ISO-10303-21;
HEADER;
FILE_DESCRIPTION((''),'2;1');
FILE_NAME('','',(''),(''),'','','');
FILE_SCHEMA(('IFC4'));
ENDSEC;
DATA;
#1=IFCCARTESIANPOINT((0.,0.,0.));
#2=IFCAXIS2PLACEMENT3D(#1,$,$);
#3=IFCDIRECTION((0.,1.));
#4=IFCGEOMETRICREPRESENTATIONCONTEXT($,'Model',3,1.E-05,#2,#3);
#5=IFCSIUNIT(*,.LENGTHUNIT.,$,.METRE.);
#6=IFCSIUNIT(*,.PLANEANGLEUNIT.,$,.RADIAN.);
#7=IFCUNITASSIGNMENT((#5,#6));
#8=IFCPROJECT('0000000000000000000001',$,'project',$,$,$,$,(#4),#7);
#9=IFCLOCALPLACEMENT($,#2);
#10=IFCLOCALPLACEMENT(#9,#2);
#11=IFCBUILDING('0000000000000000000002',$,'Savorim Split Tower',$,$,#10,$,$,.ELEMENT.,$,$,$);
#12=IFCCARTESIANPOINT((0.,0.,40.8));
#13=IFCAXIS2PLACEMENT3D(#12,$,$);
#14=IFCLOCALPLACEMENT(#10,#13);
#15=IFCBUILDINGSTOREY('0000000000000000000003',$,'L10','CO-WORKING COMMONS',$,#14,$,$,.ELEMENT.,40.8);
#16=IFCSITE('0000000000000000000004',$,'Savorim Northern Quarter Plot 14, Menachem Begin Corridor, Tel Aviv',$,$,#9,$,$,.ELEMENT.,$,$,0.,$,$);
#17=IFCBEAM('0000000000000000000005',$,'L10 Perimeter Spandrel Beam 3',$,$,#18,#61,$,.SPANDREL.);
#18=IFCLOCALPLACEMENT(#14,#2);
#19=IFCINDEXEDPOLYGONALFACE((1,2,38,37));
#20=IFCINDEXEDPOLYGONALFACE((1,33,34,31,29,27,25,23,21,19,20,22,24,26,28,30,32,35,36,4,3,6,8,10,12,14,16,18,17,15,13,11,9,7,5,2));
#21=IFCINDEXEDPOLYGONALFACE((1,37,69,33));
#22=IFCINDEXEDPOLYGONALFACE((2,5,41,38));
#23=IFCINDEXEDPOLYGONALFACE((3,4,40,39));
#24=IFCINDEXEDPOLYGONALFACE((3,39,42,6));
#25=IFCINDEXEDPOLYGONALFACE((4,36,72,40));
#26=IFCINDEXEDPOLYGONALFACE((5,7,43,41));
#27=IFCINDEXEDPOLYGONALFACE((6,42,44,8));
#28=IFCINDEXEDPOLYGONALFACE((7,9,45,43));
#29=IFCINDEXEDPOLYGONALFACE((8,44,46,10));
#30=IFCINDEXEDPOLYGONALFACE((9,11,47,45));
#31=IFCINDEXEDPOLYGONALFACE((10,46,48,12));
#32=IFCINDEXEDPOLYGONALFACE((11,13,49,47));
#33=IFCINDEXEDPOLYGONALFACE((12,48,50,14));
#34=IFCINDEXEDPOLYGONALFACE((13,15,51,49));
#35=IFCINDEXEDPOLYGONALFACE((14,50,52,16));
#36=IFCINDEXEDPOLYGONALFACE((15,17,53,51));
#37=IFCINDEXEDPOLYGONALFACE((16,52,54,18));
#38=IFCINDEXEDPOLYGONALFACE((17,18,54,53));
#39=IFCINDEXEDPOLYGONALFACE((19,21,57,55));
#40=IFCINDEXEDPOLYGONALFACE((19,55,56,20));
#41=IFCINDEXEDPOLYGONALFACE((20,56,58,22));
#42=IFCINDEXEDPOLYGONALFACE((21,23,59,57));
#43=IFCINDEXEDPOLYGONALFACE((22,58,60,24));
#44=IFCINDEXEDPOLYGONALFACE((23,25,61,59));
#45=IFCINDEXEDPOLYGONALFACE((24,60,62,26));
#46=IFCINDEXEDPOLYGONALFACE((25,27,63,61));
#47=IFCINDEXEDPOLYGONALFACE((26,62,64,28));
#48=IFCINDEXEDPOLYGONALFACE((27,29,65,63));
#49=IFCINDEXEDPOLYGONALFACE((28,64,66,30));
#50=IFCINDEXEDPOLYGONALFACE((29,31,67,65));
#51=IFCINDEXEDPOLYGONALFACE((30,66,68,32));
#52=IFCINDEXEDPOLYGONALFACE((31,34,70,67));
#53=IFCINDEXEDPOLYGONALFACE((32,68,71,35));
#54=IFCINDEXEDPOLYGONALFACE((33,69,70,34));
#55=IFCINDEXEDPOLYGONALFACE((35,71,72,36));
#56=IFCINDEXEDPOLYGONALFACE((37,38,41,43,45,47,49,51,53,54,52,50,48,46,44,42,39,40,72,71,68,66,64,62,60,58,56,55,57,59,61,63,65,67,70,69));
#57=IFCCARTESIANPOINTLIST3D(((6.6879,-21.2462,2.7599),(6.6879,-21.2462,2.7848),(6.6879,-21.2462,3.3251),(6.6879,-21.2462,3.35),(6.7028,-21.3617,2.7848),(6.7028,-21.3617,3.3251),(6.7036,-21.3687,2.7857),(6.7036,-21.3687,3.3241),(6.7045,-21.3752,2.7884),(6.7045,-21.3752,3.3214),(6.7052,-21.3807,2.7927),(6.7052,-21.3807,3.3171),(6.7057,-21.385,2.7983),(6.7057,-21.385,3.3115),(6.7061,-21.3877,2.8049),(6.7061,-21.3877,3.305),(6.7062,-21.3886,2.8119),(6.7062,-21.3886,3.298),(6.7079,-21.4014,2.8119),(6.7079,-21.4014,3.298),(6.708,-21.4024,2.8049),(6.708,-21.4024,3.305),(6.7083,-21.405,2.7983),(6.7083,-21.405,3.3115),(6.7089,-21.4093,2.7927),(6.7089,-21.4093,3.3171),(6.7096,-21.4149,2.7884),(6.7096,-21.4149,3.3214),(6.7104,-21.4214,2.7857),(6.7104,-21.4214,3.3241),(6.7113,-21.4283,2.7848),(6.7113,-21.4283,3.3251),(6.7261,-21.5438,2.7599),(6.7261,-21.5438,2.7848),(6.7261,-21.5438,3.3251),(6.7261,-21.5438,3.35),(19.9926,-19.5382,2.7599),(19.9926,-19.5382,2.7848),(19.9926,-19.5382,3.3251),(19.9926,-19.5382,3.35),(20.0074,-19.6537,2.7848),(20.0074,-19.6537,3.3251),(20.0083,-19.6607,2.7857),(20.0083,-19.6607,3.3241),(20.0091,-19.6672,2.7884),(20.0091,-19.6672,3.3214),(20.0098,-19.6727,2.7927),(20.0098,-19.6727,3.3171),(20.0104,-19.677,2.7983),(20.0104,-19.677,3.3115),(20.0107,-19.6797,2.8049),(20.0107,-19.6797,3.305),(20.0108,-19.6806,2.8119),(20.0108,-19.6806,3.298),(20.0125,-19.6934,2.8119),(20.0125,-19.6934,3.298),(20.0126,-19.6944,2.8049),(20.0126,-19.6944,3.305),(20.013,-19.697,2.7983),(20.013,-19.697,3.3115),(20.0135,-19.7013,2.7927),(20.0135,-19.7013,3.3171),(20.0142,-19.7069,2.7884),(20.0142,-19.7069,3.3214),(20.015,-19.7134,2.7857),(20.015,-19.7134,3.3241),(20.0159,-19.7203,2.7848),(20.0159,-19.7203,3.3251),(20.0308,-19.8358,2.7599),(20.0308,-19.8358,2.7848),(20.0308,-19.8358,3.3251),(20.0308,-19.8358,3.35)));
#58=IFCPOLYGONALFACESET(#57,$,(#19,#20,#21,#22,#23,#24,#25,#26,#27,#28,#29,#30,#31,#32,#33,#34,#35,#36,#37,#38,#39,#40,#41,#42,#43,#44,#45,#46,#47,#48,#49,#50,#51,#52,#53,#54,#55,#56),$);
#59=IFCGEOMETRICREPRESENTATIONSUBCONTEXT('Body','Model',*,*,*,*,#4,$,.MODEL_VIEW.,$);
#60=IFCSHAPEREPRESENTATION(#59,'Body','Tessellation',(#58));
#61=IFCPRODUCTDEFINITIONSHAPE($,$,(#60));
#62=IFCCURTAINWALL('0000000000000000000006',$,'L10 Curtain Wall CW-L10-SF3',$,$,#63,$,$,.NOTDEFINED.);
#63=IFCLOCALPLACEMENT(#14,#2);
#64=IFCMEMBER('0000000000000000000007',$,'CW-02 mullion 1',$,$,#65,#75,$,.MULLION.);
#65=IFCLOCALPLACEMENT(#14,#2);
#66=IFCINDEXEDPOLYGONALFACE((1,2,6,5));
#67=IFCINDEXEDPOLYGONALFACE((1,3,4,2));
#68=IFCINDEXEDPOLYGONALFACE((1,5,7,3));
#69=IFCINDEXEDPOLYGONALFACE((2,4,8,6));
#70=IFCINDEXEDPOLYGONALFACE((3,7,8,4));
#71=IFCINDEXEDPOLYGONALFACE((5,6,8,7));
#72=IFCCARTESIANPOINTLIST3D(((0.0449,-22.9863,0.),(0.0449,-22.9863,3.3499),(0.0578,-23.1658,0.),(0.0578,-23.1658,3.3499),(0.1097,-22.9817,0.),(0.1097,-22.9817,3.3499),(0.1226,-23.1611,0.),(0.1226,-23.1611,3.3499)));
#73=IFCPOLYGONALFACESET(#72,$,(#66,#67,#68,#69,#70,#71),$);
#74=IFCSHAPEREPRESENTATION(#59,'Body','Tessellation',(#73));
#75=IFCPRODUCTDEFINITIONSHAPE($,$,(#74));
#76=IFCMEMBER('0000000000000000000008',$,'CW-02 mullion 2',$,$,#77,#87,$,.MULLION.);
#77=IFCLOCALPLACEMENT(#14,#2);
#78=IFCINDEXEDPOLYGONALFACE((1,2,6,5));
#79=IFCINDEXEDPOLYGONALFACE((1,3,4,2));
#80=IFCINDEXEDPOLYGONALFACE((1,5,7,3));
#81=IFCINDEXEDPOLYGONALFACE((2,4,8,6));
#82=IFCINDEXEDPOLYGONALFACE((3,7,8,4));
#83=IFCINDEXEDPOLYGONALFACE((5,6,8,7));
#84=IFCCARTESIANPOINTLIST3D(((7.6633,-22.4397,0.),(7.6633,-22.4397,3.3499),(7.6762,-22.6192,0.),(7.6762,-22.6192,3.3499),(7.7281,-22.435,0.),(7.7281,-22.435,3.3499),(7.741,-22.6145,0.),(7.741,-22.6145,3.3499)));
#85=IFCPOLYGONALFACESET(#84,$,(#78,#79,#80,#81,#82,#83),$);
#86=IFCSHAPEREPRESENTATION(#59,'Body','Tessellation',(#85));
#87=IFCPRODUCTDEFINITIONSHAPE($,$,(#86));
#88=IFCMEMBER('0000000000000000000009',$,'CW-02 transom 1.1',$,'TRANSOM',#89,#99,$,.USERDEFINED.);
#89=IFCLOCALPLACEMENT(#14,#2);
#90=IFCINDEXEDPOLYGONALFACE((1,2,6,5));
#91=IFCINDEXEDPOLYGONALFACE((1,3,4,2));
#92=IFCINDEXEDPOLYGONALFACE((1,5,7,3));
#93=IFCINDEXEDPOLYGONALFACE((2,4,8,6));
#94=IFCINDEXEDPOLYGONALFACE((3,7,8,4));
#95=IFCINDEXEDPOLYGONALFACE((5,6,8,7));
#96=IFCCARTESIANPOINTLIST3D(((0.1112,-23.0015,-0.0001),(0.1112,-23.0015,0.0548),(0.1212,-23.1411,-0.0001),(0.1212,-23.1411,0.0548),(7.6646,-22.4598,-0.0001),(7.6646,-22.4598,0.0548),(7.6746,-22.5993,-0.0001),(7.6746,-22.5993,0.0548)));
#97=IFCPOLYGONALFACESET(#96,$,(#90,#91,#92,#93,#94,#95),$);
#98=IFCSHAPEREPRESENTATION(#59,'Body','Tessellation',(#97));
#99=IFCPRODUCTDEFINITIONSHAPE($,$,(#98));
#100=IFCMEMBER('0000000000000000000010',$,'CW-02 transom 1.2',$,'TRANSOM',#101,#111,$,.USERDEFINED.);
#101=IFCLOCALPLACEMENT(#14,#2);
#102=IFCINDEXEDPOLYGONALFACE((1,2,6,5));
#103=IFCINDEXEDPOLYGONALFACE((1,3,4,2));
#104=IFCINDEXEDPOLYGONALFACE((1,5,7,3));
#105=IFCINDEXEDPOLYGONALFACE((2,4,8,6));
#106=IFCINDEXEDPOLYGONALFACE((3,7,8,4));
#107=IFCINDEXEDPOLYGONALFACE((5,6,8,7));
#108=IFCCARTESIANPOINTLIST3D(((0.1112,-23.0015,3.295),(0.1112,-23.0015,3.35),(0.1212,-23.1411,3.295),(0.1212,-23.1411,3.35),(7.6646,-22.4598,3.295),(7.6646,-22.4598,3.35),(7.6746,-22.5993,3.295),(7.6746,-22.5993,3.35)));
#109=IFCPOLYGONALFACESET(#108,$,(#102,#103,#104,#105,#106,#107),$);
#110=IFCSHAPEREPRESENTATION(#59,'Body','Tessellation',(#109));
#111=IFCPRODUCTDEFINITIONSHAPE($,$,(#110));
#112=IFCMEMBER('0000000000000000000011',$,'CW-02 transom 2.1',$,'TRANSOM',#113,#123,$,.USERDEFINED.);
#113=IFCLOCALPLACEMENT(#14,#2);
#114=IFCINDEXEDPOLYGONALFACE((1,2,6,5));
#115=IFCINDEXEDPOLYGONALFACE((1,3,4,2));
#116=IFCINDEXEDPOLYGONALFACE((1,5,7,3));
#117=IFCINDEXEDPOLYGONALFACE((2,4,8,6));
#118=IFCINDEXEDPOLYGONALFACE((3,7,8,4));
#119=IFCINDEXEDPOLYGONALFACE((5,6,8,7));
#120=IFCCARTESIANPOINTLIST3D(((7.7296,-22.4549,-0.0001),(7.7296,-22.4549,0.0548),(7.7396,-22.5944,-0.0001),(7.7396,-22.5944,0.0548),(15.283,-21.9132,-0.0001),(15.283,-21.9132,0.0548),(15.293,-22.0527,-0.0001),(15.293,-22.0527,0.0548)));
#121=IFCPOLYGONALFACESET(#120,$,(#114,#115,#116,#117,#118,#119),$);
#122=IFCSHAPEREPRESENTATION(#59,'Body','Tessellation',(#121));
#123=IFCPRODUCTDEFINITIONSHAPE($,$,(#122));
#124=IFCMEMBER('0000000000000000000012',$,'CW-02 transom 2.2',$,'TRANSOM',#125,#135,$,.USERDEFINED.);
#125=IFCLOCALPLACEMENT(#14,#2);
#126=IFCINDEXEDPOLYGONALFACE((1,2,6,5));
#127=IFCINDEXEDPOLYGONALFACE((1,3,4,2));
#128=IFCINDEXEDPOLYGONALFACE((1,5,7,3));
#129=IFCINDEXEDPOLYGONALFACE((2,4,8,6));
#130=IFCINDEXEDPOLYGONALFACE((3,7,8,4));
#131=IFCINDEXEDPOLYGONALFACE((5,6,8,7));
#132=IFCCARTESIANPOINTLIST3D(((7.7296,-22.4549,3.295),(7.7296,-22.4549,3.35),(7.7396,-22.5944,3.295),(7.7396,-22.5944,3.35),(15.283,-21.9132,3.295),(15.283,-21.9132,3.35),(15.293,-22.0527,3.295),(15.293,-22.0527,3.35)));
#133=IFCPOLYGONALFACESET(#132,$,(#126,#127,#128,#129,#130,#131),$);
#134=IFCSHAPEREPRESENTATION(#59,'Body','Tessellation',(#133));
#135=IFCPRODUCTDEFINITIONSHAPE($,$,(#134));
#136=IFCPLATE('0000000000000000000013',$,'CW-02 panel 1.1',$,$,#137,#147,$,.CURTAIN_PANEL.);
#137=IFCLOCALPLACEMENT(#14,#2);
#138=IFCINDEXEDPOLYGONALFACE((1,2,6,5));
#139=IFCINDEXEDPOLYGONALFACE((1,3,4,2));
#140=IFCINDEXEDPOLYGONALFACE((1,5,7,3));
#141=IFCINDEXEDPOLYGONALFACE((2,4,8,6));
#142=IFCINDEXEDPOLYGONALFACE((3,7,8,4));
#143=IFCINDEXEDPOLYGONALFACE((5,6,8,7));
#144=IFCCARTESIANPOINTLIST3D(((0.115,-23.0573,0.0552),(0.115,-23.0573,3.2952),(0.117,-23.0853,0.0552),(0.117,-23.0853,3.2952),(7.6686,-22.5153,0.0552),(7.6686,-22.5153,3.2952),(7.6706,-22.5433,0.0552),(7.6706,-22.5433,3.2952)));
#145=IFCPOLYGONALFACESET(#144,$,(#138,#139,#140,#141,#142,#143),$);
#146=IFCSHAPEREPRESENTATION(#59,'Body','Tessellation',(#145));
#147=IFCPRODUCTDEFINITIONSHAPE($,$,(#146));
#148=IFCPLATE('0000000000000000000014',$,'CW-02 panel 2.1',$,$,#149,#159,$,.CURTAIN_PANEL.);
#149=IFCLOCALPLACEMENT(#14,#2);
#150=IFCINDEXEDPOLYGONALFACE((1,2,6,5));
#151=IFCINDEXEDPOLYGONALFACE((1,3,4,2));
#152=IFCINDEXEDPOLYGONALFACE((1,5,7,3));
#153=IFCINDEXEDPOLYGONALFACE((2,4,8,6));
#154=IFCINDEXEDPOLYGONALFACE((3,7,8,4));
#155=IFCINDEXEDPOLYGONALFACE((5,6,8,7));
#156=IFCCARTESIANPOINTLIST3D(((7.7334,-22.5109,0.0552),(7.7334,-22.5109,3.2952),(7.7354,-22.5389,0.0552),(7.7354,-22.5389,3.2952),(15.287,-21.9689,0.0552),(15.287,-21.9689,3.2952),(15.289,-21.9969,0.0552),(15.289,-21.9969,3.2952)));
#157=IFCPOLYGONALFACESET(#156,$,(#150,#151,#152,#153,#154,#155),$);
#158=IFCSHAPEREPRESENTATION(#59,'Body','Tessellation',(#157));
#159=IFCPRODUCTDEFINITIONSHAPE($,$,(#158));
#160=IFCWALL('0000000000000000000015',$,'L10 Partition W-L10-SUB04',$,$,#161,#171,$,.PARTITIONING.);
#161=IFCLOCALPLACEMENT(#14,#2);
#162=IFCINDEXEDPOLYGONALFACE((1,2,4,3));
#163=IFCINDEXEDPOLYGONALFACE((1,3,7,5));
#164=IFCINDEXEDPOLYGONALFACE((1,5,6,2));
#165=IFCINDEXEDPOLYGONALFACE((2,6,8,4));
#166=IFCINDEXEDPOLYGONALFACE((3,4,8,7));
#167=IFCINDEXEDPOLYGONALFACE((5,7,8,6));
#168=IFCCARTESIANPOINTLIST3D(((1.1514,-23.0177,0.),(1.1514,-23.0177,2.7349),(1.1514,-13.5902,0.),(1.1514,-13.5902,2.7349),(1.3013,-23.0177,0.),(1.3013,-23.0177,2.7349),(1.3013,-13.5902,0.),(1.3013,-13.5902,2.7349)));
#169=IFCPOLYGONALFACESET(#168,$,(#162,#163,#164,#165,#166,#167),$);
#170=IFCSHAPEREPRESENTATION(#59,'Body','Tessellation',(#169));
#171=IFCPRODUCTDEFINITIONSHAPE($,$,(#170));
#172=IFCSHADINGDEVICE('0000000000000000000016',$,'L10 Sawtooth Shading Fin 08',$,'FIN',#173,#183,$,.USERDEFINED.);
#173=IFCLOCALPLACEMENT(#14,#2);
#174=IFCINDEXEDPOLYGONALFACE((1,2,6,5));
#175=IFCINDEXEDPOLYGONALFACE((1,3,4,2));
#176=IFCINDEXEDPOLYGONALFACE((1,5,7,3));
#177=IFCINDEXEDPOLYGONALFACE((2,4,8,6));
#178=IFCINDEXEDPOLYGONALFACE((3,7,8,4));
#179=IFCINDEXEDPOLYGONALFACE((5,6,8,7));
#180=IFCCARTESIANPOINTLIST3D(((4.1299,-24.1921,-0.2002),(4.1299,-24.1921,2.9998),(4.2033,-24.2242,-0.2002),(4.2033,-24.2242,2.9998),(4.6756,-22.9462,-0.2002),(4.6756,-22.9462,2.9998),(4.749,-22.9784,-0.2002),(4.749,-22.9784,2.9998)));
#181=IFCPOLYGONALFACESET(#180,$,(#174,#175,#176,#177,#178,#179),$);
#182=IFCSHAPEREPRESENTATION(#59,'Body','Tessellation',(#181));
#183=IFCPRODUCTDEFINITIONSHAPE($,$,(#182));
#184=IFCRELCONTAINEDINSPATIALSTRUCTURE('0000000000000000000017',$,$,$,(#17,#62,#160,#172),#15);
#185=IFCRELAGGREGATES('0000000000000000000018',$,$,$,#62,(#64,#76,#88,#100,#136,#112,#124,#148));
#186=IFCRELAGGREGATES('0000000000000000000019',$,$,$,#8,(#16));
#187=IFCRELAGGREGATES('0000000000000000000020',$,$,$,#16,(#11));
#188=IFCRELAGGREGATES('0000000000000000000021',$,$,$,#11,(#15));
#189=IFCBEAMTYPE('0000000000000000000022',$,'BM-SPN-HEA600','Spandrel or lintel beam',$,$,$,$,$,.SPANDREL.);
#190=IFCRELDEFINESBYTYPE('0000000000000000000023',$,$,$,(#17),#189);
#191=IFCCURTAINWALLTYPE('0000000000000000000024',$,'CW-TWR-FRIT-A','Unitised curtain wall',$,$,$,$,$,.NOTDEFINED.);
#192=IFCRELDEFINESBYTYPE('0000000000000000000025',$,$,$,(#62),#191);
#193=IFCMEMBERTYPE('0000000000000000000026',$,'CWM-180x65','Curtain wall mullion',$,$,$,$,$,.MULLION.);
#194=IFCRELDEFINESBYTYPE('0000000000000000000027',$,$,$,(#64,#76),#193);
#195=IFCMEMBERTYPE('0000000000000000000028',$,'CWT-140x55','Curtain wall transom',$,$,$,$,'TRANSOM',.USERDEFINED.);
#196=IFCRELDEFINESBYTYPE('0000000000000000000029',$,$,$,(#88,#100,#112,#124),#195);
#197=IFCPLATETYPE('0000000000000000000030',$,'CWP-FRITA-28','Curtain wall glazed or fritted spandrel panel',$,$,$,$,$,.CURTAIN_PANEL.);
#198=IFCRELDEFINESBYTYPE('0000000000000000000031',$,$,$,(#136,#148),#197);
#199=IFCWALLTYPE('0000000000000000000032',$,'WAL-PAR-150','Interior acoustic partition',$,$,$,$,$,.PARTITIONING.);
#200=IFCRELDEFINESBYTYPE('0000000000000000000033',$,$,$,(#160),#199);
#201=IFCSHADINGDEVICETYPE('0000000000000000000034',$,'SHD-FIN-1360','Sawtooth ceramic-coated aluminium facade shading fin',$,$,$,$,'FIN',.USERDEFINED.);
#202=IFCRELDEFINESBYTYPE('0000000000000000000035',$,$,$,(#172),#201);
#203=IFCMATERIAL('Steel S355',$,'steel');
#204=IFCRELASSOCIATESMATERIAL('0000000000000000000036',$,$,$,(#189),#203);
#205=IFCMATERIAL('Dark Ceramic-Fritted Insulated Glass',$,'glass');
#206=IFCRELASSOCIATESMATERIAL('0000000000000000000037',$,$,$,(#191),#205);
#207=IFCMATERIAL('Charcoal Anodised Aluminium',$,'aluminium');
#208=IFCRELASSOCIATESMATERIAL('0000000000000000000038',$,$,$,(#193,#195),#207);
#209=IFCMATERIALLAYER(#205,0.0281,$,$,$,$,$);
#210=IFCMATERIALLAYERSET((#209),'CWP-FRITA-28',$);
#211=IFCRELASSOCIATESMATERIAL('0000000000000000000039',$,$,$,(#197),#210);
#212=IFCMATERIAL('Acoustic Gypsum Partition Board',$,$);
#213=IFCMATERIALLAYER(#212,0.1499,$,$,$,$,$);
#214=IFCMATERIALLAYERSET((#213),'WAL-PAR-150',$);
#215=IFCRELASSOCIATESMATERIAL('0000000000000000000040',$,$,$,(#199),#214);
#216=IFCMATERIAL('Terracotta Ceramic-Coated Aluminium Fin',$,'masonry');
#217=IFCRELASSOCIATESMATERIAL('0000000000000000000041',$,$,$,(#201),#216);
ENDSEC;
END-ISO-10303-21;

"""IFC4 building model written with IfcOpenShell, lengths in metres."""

from ifc_helpers import new_model, si_unit, direction, frame, frame_2d, origin, origin_2d, place, context, subcontext, project, spatial, rectangle, i_section, extrude, material, layer, layer_set, material_profile, profile_set, type_object, element, aggregate, save


model = new_model("IFC4")

# Units and contexts
model_context = context("Model", 3, precision=1e-05, world=origin(), true_north=direction((0.0, 1.0)))
body_context = subcontext(model_context, "Body", "Model", "MODEL_VIEW")
ifc_project = project(units=[si_unit("LENGTHUNIT", "METRE"), si_unit("PLANEANGLEUNIT", "RADIAN")], contexts=[model_context])

# Site, building, storey
site_placement = place(None, origin())
site = spatial("IfcSite", under=ifc_project, at=site_placement, Name="Savorim Northern Quarter Plot 14, Menachem Begin Corridor, Tel Aviv", CompositionType="ELEMENT", RefElevation=0.0)
building_placement = place(site_placement, origin())
building = spatial("IfcBuilding", under=site, at=building_placement, Name="Savorim Split Tower", CompositionType="ELEMENT")
storey_placement = place(building_placement, frame((0.0, 0.0, 40.8)))
storey = spatial("IfcBuildingStorey", under=building, at=storey_placement, Name="L10", Description="CO-WORKING COMMONS", CompositionType="ELEMENT", Elevation=40.8)

# Beam
ifc_material_1 = material(Name="Steel S355", Category="steel")
ifc_material_profile_1 = material_profile(ifc_material_1, i_section(OverallWidth=0.3, OverallDepth=0.5901, WebThickness=0.0129, FlangeThickness=0.0249, FilletRadius=0.0271, at=origin_2d()), Name="HEA 600")
ifc_profile_set_1 = profile_set([ifc_material_profile_1], Name="Steel S355")
beam_type_1 = type_object("IfcBeamType", Name="BM-SPN-HEA600", Description="Spandrel or lintel beam", PredefinedType="SPANDREL", material=ifc_profile_set_1)
beam_1_placement = place(storey_placement, frame((6.707, -21.395, 3.0549), z_axis=(0.99186, 0.127331, 0.0), x_axis=(-0.127331, 0.99186, 0.0)))
element("IfcBeam", 1, at=beam_1_placement, inside=storey, type_object=beam_type_1, Name="L10 Perimeter Spandrel Beam 3", PredefinedType="SPANDREL", context=body_context, shape_type="SweptSolid", body=[
    extrude(i_section(OverallWidth=0.3, OverallDepth=0.5901, WebThickness=0.0129, FlangeThickness=0.0249, FilletRadius=0.0271, at=origin_2d()), origin(), (0.0, 0.0, 1.0), 13.4138),
])

# Curtain wall, members, plates
ifc_material_2 = material(Name="Dark Ceramic-Fritted Insulated Glass", Category="glass")
curtain_wall_type = type_object("IfcCurtainWallType", Name="CW-TWR-FRIT-A", Description="Unitised curtain wall", PredefinedType="NOTDEFINED", material=ifc_material_2)
curtain_wall_placement = place(storey_placement, origin())
curtain_wall = element("IfcCurtainWall", 2, at=curtain_wall_placement, inside=storey, type_object=curtain_wall_type, Name="L10 Curtain Wall CW-L10-SF3", PredefinedType="NOTDEFINED")
ifc_material_3 = material(Name="Charcoal Anodised Aluminium", Category="aluminium")
ifc_material_profile_2 = material_profile(ifc_material_3, rectangle(XDim=0.1799, YDim=0.0649, at=origin_2d()), Name="ALU-M 180x65")
ifc_profile_set_2 = profile_set([ifc_material_profile_2], Name="Charcoal Anodised Aluminium")
member_type_1 = type_object("IfcMemberType", Name="CWM-180x65", Description="Curtain wall mullion", PredefinedType="MULLION", material=ifc_profile_set_2)
member_1_placement = place(storey_placement, frame((0.0837, -23.0737, 0.0), z_axis=(0.0, 0.0, 1.0), x_axis=(-0.07156, 0.997436, 0.0)))
member_1 = element("IfcMember", 3, at=member_1_placement, type_object=member_type_1, Name="CW-02 mullion 1", PredefinedType="MULLION", context=body_context, shape_type="SweptSolid", body=[
    extrude(rectangle(XDim=0.1799, YDim=0.0649, at=origin_2d()), origin(), (0.0, 0.0, 1.0), 3.3499),
])
member_2_placement = place(storey_placement, frame((7.7021, -22.5271, 0.0), z_axis=(0.0, 0.0, 1.0), x_axis=(-0.07156, 0.997436, 0.0)))
member_2 = element("IfcMember", 4, at=member_2_placement, type_object=member_type_1, Name="CW-02 mullion 2", PredefinedType="MULLION", context=body_context, shape_type="SweptSolid", body=[
    extrude(rectangle(XDim=0.1799, YDim=0.0649, at=origin_2d()), origin(), (0.0, 0.0, 1.0), 3.3499),
])
ifc_material_profile_3 = material_profile(ifc_material_3, rectangle(XDim=0.1399, YDim=0.0549, at=origin_2d()), Name="ALU-T 140x55")
ifc_profile_set_3 = profile_set([ifc_material_profile_3], Name="Charcoal Anodised Aluminium")
member_type_2 = type_object("IfcMemberType", Name="CWT-140x55", Description="Curtain wall transom", ElementType="TRANSOM", PredefinedType="USERDEFINED", material=ifc_profile_set_3)
member_3_placement = place(storey_placement, frame((0.1162, -23.0713, 0.0273), z_axis=(0.997438, 0.071538, 0.0), x_axis=(-0.071538, 0.997438, 0.0)))
member_3 = element("IfcMember", 5, at=member_3_placement, type_object=member_type_2, Name="CW-02 transom 1.1", ObjectType="TRANSOM", PredefinedType="USERDEFINED", context=body_context, shape_type="SweptSolid", body=[
    extrude(rectangle(XDim=0.1399, YDim=0.0549, at=origin_2d()), origin(), (0.0, 0.0, 1.0), 7.5728),
])
member_4_placement = place(storey_placement, frame((0.1162, -23.0713, 3.3225), z_axis=(0.997438, 0.071538, 0.0), x_axis=(-0.071538, 0.997438, 0.0)))
member_4 = element("IfcMember", 6, at=member_4_placement, type_object=member_type_2, Name="CW-02 transom 1.2", ObjectType="TRANSOM", PredefinedType="USERDEFINED", context=body_context, shape_type="SweptSolid", body=[
    extrude(rectangle(XDim=0.1399, YDim=0.0549, at=origin_2d()), origin(), (0.0, 0.0, 1.0), 7.5728),
])
member_5_placement = place(storey_placement, frame((7.7346, -22.5247, 0.0273), z_axis=(0.997438, 0.071538, 0.0), x_axis=(-0.071538, 0.997438, 0.0)))
member_5 = element("IfcMember", 7, at=member_5_placement, type_object=member_type_2, Name="CW-02 transom 2.1", ObjectType="TRANSOM", PredefinedType="USERDEFINED", context=body_context, shape_type="SweptSolid", body=[
    extrude(rectangle(XDim=0.1399, YDim=0.0549, at=origin_2d()), origin(), (0.0, 0.0, 1.0), 7.5728),
])
member_6_placement = place(storey_placement, frame((7.7346, -22.5247, 3.3225), z_axis=(0.997438, 0.071538, 0.0), x_axis=(-0.071538, 0.997438, 0.0)))
member_6 = element("IfcMember", 8, at=member_6_placement, type_object=member_type_2, Name="CW-02 transom 2.2", ObjectType="TRANSOM", PredefinedType="USERDEFINED", context=body_context, shape_type="SweptSolid", body=[
    extrude(rectangle(XDim=0.1399, YDim=0.0549, at=origin_2d()), origin(), (0.0, 0.0, 1.0), 7.5728),
])
ifc_layer_1 = layer(ifc_material_2, 0.0281)
ifc_layer_set_1 = layer_set([ifc_layer_1], Name="CWP-FRITA-28")
plate_type = type_object("IfcPlateType", Name="CWP-FRITA-28", Description="Curtain wall glazed or fritted spandrel panel", PredefinedType="CURTAIN_PANEL", material=ifc_layer_set_1)
plate_1_placement = place(storey_placement, frame((3.8928, -22.8003, 0.0552), z_axis=(0.0, 0.0, 1.0), x_axis=(0.997436, 0.07156, 0.0)))
plate_1 = element("IfcPlate", 9, at=plate_1_placement, type_object=plate_type, Name="CW-02 panel 1.1", PredefinedType="CURTAIN_PANEL", context=body_context, shape_type="SweptSolid", body=[
    extrude(rectangle(XDim=7.573, YDim=0.0281, at=origin_2d()), origin(), (0.0, 0.0, 1.0), 3.24),
])
plate_2_placement = place(storey_placement, frame((11.5112, -22.2539, 0.0552), z_axis=(0.0, 0.0, 1.0), x_axis=(0.997436, 0.07156, 0.0)))
plate_2 = element("IfcPlate", 10, at=plate_2_placement, type_object=plate_type, Name="CW-02 panel 2.1", PredefinedType="CURTAIN_PANEL", context=body_context, shape_type="SweptSolid", body=[
    extrude(rectangle(XDim=7.573, YDim=0.0281, at=origin_2d()), origin(), (0.0, 0.0, 1.0), 3.24),
])
aggregate(curtain_wall, [member_1, member_2, member_3, member_4, plate_1, member_5, member_6, plate_2])

# Wall
ifc_material_4 = material(Name="Acoustic Gypsum Partition Board")
ifc_layer_2 = layer(ifc_material_4, 0.1499)
ifc_layer_set_2 = layer_set([ifc_layer_2], Name="WAL-PAR-150")
wall_type = type_object("IfcWallType", Name="WAL-PAR-150", Description="Interior acoustic partition", PredefinedType="PARTITIONING", material=ifc_layer_set_2)
wall_placement = place(storey_placement, frame((1.2263, -13.5901, 0.0), z_axis=(0.0, 0.0, 1.0), x_axis=(0.0, -1.0, 0.0)))
element("IfcWall", 11, at=wall_placement, inside=storey, type_object=wall_type, Name="L10 Partition W-L10-SUB04", PredefinedType="PARTITIONING", context=body_context, shape_type="SweptSolid", body=[
    extrude(rectangle(XDim=9.4275, YDim=0.1499, at=frame_2d((4.7139, 0.0))), origin(), (0.0, 0.0, 1.0), 2.7349),
])

# Shading device
ifc_material_5 = material(Name="Terracotta Ceramic-Coated Aluminium Fin", Category="masonry")
shading_device_type = type_object("IfcShadingDeviceType", Name="SHD-FIN-1360", Description="Sawtooth ceramic-coated aluminium facade shading fin", ElementType="FIN", PredefinedType="USERDEFINED", material=ifc_material_5)
for number, where, z_axis, x_axis, name in (
    (12, (4.4395, -23.5852, -0.2002), (0.0, 0.0, 1.0), (-0.40123, -0.915977, 0.0), "L10 Sawtooth Shading Fin 08"),
):
    element("IfcShadingDevice", number, at=place(storey_placement, frame(where, z_axis=z_axis, x_axis=x_axis)), inside=storey, type_object=shading_device_type, Name=name, ObjectType="FIN", PredefinedType="USERDEFINED", context=body_context, shape_type="SweptSolid", body=[
        extrude(rectangle(XDim=1.3601, YDim=0.0801, at=origin_2d()), origin(), (0.0, 0.0, 1.0), 3.2),
    ])

save(model, "model.ifc")
